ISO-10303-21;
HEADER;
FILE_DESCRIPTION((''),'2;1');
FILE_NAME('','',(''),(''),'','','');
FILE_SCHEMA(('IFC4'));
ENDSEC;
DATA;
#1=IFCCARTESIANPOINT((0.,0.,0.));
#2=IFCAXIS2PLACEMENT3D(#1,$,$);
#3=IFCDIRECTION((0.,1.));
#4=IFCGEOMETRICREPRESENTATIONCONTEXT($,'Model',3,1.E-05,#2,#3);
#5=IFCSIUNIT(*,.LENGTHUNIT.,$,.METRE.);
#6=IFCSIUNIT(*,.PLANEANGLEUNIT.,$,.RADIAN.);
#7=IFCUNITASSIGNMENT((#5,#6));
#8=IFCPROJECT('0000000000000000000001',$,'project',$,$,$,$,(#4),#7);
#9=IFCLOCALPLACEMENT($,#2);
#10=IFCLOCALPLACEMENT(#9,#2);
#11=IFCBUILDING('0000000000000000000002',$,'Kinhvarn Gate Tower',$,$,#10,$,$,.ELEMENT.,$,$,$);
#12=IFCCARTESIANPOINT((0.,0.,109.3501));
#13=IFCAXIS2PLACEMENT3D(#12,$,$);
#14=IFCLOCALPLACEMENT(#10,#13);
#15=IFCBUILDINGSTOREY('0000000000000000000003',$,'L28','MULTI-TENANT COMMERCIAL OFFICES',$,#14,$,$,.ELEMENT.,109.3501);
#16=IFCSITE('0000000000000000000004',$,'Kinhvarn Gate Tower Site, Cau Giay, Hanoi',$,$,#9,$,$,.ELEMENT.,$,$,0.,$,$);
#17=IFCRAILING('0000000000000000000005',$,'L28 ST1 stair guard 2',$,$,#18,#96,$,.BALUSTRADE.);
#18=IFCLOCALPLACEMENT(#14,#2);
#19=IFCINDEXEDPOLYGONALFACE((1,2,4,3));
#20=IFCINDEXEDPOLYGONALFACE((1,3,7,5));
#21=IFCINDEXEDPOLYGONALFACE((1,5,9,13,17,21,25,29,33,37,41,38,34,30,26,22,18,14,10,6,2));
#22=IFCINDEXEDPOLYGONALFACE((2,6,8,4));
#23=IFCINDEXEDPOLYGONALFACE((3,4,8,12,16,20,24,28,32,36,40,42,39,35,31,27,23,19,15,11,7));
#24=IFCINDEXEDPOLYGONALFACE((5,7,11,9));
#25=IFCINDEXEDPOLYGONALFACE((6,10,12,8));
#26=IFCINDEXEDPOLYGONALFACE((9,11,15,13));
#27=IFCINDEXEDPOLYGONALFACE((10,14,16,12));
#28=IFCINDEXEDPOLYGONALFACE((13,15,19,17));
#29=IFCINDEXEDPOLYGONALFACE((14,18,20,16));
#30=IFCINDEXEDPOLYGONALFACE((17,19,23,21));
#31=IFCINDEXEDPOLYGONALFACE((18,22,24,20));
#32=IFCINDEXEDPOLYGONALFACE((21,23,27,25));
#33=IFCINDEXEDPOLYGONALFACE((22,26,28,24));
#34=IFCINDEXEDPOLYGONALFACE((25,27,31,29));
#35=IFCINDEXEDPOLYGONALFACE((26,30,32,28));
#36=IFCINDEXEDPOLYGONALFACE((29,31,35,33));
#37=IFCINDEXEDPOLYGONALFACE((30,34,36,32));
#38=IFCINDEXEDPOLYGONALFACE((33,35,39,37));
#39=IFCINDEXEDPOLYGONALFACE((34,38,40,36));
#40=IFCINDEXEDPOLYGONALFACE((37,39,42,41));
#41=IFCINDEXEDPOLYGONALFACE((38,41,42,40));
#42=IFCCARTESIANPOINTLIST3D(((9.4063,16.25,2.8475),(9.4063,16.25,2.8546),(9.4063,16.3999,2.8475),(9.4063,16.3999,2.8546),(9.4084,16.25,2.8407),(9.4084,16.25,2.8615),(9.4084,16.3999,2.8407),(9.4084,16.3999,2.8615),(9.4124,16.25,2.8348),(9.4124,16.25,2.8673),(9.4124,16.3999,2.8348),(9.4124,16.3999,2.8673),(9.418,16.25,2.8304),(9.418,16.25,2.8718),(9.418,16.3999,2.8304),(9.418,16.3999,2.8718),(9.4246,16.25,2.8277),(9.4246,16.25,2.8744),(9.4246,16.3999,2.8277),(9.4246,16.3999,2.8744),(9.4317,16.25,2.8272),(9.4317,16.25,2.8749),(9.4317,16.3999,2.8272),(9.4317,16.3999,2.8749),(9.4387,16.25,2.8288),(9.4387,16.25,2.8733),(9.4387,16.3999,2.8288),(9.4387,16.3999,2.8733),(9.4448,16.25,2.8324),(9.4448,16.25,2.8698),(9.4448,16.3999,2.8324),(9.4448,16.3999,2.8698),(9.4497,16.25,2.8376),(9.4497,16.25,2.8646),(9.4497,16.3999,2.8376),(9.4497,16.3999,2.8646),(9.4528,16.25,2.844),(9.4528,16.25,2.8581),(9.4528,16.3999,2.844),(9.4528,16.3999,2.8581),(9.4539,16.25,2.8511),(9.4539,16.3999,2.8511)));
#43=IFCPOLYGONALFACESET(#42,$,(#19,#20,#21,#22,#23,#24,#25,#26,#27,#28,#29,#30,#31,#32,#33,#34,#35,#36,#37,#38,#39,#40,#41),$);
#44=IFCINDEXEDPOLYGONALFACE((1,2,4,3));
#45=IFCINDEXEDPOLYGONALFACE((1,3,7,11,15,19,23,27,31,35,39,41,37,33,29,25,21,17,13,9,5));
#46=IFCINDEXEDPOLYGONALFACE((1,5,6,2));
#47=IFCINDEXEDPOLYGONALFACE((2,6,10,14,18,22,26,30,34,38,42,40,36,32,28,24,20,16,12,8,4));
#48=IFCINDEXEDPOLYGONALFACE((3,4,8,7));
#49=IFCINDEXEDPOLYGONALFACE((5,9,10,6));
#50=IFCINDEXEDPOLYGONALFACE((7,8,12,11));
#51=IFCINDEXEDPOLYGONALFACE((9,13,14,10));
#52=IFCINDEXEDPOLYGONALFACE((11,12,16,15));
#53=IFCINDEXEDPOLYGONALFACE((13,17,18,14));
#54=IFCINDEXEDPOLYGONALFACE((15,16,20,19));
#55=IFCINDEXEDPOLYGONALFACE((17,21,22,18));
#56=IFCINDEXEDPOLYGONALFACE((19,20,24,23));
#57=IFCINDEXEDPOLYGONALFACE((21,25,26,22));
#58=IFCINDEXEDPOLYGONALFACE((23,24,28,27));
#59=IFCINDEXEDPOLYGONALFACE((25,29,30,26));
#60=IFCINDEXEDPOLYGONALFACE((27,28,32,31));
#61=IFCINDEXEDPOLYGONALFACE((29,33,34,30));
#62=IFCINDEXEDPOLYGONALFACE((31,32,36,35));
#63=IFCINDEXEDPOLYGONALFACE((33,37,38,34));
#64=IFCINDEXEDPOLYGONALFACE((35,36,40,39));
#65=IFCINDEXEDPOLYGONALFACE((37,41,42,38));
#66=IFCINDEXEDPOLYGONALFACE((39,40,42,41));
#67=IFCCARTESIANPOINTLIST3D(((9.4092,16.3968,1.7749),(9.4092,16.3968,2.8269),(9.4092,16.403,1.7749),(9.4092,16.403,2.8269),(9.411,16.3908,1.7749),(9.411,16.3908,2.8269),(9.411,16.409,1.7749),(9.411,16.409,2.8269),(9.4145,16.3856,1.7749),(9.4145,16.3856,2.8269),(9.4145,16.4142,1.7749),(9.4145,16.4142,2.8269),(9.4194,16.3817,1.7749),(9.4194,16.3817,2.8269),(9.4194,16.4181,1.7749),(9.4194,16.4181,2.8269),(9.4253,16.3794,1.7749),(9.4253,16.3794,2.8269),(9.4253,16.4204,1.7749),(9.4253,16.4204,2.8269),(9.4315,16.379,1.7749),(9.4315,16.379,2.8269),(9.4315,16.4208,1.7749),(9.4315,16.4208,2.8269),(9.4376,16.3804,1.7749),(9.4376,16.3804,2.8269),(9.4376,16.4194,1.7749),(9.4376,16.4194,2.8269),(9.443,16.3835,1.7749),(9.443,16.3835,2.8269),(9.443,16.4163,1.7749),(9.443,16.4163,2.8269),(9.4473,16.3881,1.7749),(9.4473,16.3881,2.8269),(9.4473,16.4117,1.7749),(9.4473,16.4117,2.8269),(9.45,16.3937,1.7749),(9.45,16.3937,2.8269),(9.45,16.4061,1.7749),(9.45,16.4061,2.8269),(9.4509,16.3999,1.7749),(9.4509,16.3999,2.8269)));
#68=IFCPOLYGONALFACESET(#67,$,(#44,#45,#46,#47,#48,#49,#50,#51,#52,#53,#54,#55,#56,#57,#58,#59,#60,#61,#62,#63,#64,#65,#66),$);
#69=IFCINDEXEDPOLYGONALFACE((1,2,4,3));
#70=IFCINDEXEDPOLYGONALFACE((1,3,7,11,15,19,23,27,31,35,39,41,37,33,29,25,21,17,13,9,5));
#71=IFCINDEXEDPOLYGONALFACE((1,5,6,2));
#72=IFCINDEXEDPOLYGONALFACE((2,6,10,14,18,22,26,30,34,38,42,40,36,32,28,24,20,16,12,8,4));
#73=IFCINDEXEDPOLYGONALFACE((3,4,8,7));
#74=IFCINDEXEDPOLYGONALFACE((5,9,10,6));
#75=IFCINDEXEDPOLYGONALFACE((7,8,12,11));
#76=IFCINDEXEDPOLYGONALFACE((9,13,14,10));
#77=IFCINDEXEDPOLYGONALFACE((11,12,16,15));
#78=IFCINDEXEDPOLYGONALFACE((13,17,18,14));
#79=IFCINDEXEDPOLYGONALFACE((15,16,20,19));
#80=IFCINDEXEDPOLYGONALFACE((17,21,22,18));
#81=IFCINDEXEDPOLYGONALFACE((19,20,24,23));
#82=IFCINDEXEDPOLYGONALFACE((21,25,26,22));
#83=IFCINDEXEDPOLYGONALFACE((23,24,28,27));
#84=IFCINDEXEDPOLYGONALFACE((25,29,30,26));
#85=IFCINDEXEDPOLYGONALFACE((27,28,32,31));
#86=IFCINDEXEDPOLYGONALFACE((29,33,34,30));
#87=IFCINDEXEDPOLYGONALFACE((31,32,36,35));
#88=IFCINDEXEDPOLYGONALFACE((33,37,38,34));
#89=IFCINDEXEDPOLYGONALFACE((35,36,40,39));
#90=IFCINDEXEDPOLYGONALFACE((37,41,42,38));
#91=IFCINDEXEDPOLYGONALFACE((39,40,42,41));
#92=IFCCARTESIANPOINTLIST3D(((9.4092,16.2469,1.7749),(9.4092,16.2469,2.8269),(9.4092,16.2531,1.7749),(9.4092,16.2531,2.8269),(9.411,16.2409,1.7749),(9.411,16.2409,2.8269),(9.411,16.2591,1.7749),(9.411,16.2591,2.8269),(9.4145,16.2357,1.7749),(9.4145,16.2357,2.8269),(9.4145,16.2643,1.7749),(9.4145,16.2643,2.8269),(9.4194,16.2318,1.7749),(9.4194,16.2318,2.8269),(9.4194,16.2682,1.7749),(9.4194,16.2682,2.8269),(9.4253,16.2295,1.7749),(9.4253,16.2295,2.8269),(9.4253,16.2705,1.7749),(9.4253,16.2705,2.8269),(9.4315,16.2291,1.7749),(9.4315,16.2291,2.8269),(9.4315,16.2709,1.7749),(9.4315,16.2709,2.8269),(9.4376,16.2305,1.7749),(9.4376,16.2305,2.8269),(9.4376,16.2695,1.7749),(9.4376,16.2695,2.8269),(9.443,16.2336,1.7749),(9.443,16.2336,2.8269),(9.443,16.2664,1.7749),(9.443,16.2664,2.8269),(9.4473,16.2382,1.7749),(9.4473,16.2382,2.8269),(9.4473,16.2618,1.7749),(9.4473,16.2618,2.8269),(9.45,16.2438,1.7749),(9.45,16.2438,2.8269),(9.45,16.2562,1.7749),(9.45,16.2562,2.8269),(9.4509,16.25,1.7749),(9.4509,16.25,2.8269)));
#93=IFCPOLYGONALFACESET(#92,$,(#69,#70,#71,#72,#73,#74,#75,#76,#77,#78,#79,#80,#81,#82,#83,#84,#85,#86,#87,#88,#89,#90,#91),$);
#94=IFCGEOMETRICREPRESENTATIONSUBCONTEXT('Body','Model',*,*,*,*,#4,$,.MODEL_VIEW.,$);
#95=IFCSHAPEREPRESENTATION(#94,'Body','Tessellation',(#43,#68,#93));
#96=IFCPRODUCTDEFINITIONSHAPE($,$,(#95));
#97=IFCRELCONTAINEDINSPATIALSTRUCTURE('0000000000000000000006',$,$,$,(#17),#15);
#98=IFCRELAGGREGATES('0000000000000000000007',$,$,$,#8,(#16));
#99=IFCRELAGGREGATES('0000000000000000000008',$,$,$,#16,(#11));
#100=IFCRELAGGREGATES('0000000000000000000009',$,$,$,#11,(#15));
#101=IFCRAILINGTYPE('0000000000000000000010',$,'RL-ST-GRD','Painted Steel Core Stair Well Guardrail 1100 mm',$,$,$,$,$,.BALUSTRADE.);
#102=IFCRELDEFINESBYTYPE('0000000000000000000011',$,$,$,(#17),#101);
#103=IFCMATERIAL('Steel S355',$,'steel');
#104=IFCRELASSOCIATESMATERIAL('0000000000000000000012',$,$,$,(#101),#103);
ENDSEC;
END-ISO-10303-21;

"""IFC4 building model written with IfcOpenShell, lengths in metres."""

from ifc_helpers import new_model, si_unit, direction, frame, origin, origin_2d, place, context, subcontext, project, spatial, circle, extrude, material, type_object, element, save


model = new_model("IFC4")

# Units and contexts
model_context = context("Model", 3, precision=1e-05, world=origin(), true_north=direction((0.0, 1.0)))
body_context = subcontext(model_context, "Body", "Model", "MODEL_VIEW")
ifc_project = project(units=[si_unit("LENGTHUNIT", "METRE"), si_unit("PLANEANGLEUNIT", "RADIAN")], contexts=[model_context])

# Site, building, storey
site_placement = place(None, origin())
site = spatial("IfcSite", under=ifc_project, at=site_placement, Name="Kinhvarn Gate Tower Site, Cau Giay, Hanoi", CompositionType="ELEMENT", RefElevation=0.0)
building_placement = place(site_placement, origin())
building = spatial("IfcBuilding", under=site, at=building_placement, Name="Kinhvarn Gate Tower", CompositionType="ELEMENT")
storey_placement = place(building_placement, frame((0.0, 0.0, 109.3501)))
storey = spatial("IfcBuildingStorey", under=building, at=storey_placement, Name="L28", Description="MULTI-TENANT COMMERCIAL OFFICES", CompositionType="ELEMENT", Elevation=109.3501)

# Shared definitions
ifc_material_1 = material(Name="Steel S355", Category="steel")

# Railing
railing_type_1 = type_object("IfcRailingType", Name="RL-ST-GRD", Description="Painted Steel Core Stair Well Guardrail 1100 mm", PredefinedType="BALUSTRADE", material=ifc_material_1)
railing_1_placement = place(storey_placement, frame((9.4299, 16.3999, 1.7749)))
element("IfcRailing", 1, at=railing_1_placement, inside=storey, type_object=railing_type_1, Name="L28 ST1 stair guard 2", PredefinedType="BALUSTRADE", context=body_context, shape_type="SweptSolid", body=[
    extrude(circle(Radius=0.0239, at=origin_2d()), frame((0.0, 0.0, 1.0762), z_axis=(0.0, -1.0, 0.0), x_axis=(1.0, 0.0, 0.0)), (0.0, 0.0, 1.0), 0.1499),
    extrude(circle(Radius=0.021, at=origin_2d()), origin(), (0.0, 0.0, 1.0), 1.052),
    extrude(circle(Radius=0.021, at=origin_2d()), frame((0.0, -0.1499, 0.0)), (0.0, 0.0, 1.0), 1.052),
])

save(model, "model.ifc")
